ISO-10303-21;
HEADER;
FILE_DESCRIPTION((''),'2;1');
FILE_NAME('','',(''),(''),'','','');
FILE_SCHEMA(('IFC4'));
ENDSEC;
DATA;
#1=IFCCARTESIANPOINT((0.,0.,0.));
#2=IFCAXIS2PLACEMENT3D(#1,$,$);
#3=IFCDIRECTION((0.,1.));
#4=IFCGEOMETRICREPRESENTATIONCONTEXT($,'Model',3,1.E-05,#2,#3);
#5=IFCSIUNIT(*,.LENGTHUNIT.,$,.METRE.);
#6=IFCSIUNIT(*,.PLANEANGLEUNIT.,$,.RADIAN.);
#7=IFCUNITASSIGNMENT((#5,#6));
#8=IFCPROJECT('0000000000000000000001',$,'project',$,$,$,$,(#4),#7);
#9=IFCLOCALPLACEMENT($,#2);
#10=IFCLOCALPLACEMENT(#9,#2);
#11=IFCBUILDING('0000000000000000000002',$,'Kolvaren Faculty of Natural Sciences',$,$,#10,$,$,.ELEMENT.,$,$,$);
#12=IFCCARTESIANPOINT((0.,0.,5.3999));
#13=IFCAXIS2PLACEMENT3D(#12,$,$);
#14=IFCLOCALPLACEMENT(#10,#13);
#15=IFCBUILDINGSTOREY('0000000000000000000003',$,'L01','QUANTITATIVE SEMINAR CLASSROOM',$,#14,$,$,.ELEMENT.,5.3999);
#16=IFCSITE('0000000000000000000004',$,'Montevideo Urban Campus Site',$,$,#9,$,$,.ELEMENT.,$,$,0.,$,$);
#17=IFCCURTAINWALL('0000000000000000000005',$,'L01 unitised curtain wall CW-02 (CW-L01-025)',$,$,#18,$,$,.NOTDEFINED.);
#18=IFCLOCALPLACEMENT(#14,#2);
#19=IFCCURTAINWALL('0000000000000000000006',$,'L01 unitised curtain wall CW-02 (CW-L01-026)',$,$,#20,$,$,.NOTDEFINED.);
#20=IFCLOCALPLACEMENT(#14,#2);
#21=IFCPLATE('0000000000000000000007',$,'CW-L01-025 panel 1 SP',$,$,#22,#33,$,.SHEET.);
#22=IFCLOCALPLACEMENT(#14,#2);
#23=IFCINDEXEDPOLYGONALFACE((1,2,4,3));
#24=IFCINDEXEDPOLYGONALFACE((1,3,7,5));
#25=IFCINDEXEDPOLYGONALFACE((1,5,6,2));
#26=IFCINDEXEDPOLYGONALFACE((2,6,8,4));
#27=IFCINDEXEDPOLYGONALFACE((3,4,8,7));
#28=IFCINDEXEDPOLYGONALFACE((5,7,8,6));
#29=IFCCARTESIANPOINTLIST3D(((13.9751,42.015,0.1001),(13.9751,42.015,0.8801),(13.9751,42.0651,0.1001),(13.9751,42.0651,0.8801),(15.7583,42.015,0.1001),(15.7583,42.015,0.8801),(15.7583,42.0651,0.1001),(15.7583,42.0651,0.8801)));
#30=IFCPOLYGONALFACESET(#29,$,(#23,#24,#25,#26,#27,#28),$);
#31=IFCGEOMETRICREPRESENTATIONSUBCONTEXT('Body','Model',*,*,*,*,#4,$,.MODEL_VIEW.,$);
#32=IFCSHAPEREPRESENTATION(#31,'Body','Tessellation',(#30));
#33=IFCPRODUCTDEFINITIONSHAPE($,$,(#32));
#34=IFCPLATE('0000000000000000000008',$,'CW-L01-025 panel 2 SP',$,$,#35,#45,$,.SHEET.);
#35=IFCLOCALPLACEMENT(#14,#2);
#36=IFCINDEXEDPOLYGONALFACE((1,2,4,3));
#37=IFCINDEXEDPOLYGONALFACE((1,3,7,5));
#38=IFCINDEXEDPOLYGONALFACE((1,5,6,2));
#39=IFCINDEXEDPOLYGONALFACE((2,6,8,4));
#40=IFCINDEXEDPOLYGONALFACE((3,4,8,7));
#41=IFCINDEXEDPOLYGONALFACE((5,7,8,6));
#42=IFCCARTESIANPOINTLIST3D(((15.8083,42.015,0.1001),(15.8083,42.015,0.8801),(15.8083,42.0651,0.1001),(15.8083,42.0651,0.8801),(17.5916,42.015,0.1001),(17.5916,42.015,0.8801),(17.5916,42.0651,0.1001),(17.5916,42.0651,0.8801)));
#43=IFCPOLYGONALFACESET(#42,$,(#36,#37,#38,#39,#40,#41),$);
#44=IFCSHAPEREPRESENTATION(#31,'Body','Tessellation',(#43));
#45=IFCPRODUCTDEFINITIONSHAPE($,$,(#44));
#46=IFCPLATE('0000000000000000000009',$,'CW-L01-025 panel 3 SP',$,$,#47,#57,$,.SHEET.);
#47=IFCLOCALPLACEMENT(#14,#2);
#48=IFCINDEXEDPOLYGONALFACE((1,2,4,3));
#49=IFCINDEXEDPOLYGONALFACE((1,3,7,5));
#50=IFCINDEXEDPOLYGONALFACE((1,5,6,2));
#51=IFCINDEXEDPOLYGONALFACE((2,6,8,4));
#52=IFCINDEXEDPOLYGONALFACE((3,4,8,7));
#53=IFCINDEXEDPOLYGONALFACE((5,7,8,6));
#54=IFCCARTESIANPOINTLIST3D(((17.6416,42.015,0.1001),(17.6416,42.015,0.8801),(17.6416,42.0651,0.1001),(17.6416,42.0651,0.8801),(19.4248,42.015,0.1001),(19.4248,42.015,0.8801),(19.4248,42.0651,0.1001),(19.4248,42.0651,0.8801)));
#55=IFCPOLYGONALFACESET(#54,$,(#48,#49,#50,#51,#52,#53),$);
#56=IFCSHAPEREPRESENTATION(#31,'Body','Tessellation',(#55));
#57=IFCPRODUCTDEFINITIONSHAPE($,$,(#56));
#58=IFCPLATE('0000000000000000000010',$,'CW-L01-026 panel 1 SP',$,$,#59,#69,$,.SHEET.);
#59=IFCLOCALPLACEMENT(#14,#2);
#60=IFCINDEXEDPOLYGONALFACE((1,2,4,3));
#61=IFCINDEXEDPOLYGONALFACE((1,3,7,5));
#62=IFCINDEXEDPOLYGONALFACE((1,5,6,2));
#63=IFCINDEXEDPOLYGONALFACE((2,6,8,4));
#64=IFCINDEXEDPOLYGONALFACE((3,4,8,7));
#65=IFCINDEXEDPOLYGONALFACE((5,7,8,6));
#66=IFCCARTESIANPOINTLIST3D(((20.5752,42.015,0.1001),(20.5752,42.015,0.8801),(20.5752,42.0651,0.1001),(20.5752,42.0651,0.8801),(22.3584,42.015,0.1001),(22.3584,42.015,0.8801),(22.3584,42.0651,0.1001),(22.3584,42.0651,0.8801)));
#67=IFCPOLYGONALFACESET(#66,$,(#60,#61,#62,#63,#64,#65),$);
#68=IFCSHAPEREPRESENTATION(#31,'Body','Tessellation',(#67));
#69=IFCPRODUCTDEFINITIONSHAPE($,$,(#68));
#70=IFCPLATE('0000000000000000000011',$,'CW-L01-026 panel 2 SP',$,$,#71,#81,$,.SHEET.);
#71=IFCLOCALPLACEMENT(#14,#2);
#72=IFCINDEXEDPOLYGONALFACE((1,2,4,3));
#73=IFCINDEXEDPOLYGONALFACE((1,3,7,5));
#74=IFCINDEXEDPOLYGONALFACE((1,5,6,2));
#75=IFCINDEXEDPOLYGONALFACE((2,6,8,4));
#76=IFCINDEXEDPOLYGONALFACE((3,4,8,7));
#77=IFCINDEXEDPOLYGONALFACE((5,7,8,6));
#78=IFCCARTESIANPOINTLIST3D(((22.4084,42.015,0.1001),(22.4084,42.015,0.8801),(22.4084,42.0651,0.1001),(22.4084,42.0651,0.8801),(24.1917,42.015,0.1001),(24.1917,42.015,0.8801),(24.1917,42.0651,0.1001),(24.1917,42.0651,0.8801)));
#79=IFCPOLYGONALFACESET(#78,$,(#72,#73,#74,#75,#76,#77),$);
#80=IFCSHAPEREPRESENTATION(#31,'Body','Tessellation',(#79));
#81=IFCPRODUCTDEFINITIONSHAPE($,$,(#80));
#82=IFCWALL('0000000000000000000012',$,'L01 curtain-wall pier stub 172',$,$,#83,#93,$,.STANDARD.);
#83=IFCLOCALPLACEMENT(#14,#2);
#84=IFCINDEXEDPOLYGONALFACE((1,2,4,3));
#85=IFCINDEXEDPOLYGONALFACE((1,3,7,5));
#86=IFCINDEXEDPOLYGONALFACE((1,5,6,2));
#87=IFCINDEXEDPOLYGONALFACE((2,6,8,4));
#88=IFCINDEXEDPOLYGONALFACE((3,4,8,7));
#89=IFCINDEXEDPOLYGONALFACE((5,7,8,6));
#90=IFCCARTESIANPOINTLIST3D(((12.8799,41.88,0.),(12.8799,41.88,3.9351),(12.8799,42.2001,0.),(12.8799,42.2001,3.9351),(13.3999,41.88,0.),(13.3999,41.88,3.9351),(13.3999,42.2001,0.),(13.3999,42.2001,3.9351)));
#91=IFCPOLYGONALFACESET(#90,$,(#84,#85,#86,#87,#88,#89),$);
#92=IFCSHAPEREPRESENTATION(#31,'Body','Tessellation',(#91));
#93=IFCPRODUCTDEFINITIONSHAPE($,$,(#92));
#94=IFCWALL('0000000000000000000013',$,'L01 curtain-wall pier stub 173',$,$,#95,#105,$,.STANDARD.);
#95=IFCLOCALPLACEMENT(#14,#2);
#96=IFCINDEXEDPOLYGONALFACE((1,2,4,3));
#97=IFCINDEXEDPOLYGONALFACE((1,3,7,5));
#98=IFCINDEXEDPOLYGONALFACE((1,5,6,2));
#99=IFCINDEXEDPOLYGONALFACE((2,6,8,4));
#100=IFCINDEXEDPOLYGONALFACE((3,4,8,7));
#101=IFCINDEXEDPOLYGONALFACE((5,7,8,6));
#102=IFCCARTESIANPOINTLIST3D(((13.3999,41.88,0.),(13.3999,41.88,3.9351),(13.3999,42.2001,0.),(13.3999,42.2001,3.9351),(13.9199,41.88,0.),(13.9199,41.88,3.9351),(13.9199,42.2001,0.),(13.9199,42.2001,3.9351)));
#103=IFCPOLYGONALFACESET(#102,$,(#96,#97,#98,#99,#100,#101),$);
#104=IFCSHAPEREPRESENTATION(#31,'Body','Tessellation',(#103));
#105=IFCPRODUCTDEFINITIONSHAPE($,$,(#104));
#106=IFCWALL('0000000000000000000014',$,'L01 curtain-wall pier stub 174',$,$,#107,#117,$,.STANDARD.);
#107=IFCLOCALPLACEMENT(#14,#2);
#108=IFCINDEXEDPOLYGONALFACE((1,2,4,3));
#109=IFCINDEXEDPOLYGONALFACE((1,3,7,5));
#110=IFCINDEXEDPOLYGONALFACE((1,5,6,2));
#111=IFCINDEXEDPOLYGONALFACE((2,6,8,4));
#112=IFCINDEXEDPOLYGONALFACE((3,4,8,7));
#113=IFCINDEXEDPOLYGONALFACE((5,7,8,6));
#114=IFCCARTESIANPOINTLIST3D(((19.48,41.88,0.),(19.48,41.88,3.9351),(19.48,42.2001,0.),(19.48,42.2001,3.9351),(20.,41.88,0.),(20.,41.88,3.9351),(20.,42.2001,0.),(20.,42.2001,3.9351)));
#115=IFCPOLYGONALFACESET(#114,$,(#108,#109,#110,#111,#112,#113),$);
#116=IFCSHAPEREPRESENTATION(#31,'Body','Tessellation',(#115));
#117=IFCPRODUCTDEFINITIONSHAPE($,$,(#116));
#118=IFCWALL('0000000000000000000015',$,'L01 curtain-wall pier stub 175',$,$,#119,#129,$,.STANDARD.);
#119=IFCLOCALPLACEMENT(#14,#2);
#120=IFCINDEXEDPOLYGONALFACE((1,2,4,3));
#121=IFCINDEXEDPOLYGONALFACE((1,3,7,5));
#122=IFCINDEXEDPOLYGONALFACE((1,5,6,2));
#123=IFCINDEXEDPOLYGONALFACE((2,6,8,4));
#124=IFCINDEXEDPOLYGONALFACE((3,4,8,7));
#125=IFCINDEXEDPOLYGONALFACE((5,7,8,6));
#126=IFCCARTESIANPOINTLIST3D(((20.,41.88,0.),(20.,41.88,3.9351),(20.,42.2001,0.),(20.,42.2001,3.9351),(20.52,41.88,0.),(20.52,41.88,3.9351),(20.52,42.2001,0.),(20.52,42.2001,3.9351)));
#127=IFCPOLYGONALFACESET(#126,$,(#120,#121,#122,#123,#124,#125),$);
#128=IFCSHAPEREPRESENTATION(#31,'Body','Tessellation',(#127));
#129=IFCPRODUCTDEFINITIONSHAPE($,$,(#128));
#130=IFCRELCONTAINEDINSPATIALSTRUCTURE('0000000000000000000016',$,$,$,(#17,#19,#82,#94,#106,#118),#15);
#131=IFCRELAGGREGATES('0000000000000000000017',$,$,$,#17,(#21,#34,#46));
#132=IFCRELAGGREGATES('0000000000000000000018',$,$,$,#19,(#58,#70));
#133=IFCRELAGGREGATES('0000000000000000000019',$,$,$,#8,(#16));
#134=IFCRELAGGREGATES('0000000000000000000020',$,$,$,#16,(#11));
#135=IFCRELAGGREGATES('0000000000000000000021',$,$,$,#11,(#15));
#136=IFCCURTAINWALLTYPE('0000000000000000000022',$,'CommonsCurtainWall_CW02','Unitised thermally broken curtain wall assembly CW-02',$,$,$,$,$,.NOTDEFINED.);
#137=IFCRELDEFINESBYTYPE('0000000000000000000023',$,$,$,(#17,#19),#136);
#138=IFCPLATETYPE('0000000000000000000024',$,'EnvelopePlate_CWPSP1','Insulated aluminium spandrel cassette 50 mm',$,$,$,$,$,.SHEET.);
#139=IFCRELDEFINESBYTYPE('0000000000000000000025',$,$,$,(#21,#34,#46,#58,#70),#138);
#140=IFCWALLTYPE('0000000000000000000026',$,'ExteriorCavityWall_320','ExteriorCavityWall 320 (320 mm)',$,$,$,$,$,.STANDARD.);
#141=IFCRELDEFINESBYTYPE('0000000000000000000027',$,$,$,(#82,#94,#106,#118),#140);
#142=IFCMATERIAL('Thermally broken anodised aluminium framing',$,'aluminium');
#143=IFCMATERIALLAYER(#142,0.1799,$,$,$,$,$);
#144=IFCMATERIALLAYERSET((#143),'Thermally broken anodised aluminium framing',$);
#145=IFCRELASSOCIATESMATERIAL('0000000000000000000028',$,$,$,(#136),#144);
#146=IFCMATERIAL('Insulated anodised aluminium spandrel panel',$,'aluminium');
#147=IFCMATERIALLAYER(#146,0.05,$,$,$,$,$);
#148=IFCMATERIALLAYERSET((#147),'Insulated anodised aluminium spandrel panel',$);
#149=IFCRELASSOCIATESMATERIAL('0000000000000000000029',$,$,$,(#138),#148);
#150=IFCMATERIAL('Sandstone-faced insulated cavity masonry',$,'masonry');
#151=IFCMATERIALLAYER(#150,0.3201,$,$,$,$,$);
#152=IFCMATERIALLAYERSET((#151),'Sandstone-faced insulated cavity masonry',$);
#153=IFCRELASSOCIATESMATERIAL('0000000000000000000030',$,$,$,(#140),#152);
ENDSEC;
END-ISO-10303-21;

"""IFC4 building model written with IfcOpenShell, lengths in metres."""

from ifc_helpers import new_model, si_unit, direction, frame, frame_2d, origin, origin_2d, place, context, subcontext, project, spatial, rectangle, extrude, material, layer, layer_set, type_object, element, aggregate, save


model = new_model("IFC4")

# Units and contexts
model_context = context("Model", 3, precision=1e-05, world=origin(), true_north=direction((0.0, 1.0)))
body_context = subcontext(model_context, "Body", "Model", "MODEL_VIEW")
ifc_project = project(units=[si_unit("LENGTHUNIT", "METRE"), si_unit("PLANEANGLEUNIT", "RADIAN")], contexts=[model_context])

# Site, building, storey
site_placement = place(None, origin())
site = spatial("IfcSite", under=ifc_project, at=site_placement, Name="Montevideo Urban Campus Site", CompositionType="ELEMENT", RefElevation=0.0)
building_placement = place(site_placement, origin())
building = spatial("IfcBuilding", under=site, at=building_placement, Name="Kolvaren Faculty of Natural Sciences", CompositionType="ELEMENT")
storey_placement = place(building_placement, frame((0.0, 0.0, 5.3999)))
storey = spatial("IfcBuildingStorey", under=building, at=storey_placement, Name="L01", Description="QUANTITATIVE SEMINAR CLASSROOM", CompositionType="ELEMENT", Elevation=5.3999)

# Curtain walls
ifc_material_1 = material(Name="Thermally broken anodised aluminium framing", Category="aluminium")
ifc_layer_1 = layer(ifc_material_1, 0.1799)
ifc_layer_set_1 = layer_set([ifc_layer_1], Name="Thermally broken anodised aluminium framing")
curtain_wall_type = type_object("IfcCurtainWallType", Name="CommonsCurtainWall_CW02", Description="Unitised thermally broken curtain wall assembly CW-02", PredefinedType="NOTDEFINED", material=ifc_layer_set_1)
curtain_wall_1_placement = place(storey_placement, origin())
curtain_wall_1 = element("IfcCurtainWall", 1, at=curtain_wall_1_placement, inside=storey, type_object=curtain_wall_type, Name="L01 unitised curtain wall CW-02 (CW-L01-025)", PredefinedType="NOTDEFINED")
curtain_wall_2_placement = place(storey_placement, origin())
curtain_wall_2 = element("IfcCurtainWall", 2, at=curtain_wall_2_placement, inside=storey, type_object=curtain_wall_type, Name="L01 unitised curtain wall CW-02 (CW-L01-026)", PredefinedType="NOTDEFINED")

# Plates
ifc_material_2 = material(Name="Insulated anodised aluminium spandrel panel", Category="aluminium")
ifc_layer_2 = layer(ifc_material_2, 0.05)
ifc_layer_set_2 = layer_set([ifc_layer_2], Name="Insulated anodised aluminium spandrel panel")
plate_type_1 = type_object("IfcPlateType", Name="EnvelopePlate_CWPSP1", Description="Insulated aluminium spandrel cassette 50 mm", PredefinedType="SHEET", material=ifc_layer_set_2)
plate_1_placement = place(storey_placement, frame((14.8667, 42.04, 0.1001), z_axis=(0.0, 0.0, 1.0), x_axis=(1.0, 0.0, 0.0)))
plate_1 = element("IfcPlate", 3, at=plate_1_placement, type_object=plate_type_1, Name="CW-L01-025 panel 1 SP", PredefinedType="SHEET", context=body_context, shape_type="SweptSolid", body=[
    extrude(rectangle(XDim=1.7832, YDim=0.05, at=origin_2d()), origin(), (0.0, 0.0, 1.0), 0.78),
])
plate_2_placement = place(storey_placement, frame((16.7, 42.04, 0.1001), z_axis=(0.0, 0.0, 1.0), x_axis=(1.0, 0.0, 0.0)))
plate_2 = element("IfcPlate", 4, at=plate_2_placement, type_object=plate_type_1, Name="CW-L01-025 panel 2 SP", PredefinedType="SHEET", context=body_context, shape_type="SweptSolid", body=[
    extrude(rectangle(XDim=1.7832, YDim=0.05, at=origin_2d()), origin(), (0.0, 0.0, 1.0), 0.78),
])
plate_3_placement = place(storey_placement, frame((18.5332, 42.04, 0.1001), z_axis=(0.0, 0.0, 1.0), x_axis=(1.0, 0.0, 0.0)))
plate_3 = element("IfcPlate", 5, at=plate_3_placement, type_object=plate_type_1, Name="CW-L01-025 panel 3 SP", PredefinedType="SHEET", context=body_context, shape_type="SweptSolid", body=[
    extrude(rectangle(XDim=1.7832, YDim=0.05, at=origin_2d()), origin(), (0.0, 0.0, 1.0), 0.78),
])
aggregate(curtain_wall_1, [plate_1, plate_2, plate_3])
plate_4_placement = place(storey_placement, frame((21.4668, 42.04, 0.1001), z_axis=(0.0, 0.0, 1.0), x_axis=(1.0, 0.0, 0.0)))
plate_4 = element("IfcPlate", 6, at=plate_4_placement, type_object=plate_type_1, Name="CW-L01-026 panel 1 SP", PredefinedType="SHEET", context=body_context, shape_type="SweptSolid", body=[
    extrude(rectangle(XDim=1.7832, YDim=0.05, at=origin_2d()), origin(), (0.0, 0.0, 1.0), 0.78),
])
plate_5_placement = place(storey_placement, frame((23.3, 42.04, 0.1001), z_axis=(0.0, 0.0, 1.0), x_axis=(1.0, 0.0, 0.0)))
plate_5 = element("IfcPlate", 7, at=plate_5_placement, type_object=plate_type_1, Name="CW-L01-026 panel 2 SP", PredefinedType="SHEET", context=body_context, shape_type="SweptSolid", body=[
    extrude(rectangle(XDim=1.7832, YDim=0.05, at=origin_2d()), origin(), (0.0, 0.0, 1.0), 0.78),
])
aggregate(curtain_wall_2, [plate_4, plate_5])

# Walls
ifc_material_3 = material(Name="Sandstone-faced insulated cavity masonry", Category="masonry")
ifc_layer_3 = layer(ifc_material_3, 0.3201)
ifc_layer_set_3 = layer_set([ifc_layer_3], Name="Sandstone-faced insulated cavity masonry")
wall_type = type_object("IfcWallType", Name="ExteriorCavityWall_320", Description="ExteriorCavityWall 320 (320 mm)", PredefinedType="STANDARD", material=ifc_layer_set_3)
for number, where, z_axis, x_axis, name in (
    (8, (12.8799, 42.04, 0.0), (0.0, 0.0, 1.0), (1.0, 0.0, 0.0), "L01 curtain-wall pier stub 172"),
    (9, (13.3999, 42.04, 0.0), (0.0, 0.0, 1.0), (1.0, 0.0, 0.0), "L01 curtain-wall pier stub 173"),
    (10, (19.48, 42.04, 0.0), (0.0, 0.0, 1.0), (1.0, 0.0, 0.0), "L01 curtain-wall pier stub 174"),
    (11, (20.0, 42.04, 0.0), (0.0, 0.0, 1.0), (1.0, 0.0, 0.0), "L01 curtain-wall pier stub 175"),
):
    element("IfcWall", number, at=place(storey_placement, frame(where, z_axis=z_axis, x_axis=x_axis)), inside=storey, type_object=wall_type, Name=name, PredefinedType="STANDARD", context=body_context, shape_type="SweptSolid", body=[
        extrude(rectangle(XDim=0.52, YDim=0.3201, at=frame_2d((0.26, 0.0))), origin(), (0.0, 0.0, 1.0), 3.9351),
    ])

save(model, "model.ifc")
